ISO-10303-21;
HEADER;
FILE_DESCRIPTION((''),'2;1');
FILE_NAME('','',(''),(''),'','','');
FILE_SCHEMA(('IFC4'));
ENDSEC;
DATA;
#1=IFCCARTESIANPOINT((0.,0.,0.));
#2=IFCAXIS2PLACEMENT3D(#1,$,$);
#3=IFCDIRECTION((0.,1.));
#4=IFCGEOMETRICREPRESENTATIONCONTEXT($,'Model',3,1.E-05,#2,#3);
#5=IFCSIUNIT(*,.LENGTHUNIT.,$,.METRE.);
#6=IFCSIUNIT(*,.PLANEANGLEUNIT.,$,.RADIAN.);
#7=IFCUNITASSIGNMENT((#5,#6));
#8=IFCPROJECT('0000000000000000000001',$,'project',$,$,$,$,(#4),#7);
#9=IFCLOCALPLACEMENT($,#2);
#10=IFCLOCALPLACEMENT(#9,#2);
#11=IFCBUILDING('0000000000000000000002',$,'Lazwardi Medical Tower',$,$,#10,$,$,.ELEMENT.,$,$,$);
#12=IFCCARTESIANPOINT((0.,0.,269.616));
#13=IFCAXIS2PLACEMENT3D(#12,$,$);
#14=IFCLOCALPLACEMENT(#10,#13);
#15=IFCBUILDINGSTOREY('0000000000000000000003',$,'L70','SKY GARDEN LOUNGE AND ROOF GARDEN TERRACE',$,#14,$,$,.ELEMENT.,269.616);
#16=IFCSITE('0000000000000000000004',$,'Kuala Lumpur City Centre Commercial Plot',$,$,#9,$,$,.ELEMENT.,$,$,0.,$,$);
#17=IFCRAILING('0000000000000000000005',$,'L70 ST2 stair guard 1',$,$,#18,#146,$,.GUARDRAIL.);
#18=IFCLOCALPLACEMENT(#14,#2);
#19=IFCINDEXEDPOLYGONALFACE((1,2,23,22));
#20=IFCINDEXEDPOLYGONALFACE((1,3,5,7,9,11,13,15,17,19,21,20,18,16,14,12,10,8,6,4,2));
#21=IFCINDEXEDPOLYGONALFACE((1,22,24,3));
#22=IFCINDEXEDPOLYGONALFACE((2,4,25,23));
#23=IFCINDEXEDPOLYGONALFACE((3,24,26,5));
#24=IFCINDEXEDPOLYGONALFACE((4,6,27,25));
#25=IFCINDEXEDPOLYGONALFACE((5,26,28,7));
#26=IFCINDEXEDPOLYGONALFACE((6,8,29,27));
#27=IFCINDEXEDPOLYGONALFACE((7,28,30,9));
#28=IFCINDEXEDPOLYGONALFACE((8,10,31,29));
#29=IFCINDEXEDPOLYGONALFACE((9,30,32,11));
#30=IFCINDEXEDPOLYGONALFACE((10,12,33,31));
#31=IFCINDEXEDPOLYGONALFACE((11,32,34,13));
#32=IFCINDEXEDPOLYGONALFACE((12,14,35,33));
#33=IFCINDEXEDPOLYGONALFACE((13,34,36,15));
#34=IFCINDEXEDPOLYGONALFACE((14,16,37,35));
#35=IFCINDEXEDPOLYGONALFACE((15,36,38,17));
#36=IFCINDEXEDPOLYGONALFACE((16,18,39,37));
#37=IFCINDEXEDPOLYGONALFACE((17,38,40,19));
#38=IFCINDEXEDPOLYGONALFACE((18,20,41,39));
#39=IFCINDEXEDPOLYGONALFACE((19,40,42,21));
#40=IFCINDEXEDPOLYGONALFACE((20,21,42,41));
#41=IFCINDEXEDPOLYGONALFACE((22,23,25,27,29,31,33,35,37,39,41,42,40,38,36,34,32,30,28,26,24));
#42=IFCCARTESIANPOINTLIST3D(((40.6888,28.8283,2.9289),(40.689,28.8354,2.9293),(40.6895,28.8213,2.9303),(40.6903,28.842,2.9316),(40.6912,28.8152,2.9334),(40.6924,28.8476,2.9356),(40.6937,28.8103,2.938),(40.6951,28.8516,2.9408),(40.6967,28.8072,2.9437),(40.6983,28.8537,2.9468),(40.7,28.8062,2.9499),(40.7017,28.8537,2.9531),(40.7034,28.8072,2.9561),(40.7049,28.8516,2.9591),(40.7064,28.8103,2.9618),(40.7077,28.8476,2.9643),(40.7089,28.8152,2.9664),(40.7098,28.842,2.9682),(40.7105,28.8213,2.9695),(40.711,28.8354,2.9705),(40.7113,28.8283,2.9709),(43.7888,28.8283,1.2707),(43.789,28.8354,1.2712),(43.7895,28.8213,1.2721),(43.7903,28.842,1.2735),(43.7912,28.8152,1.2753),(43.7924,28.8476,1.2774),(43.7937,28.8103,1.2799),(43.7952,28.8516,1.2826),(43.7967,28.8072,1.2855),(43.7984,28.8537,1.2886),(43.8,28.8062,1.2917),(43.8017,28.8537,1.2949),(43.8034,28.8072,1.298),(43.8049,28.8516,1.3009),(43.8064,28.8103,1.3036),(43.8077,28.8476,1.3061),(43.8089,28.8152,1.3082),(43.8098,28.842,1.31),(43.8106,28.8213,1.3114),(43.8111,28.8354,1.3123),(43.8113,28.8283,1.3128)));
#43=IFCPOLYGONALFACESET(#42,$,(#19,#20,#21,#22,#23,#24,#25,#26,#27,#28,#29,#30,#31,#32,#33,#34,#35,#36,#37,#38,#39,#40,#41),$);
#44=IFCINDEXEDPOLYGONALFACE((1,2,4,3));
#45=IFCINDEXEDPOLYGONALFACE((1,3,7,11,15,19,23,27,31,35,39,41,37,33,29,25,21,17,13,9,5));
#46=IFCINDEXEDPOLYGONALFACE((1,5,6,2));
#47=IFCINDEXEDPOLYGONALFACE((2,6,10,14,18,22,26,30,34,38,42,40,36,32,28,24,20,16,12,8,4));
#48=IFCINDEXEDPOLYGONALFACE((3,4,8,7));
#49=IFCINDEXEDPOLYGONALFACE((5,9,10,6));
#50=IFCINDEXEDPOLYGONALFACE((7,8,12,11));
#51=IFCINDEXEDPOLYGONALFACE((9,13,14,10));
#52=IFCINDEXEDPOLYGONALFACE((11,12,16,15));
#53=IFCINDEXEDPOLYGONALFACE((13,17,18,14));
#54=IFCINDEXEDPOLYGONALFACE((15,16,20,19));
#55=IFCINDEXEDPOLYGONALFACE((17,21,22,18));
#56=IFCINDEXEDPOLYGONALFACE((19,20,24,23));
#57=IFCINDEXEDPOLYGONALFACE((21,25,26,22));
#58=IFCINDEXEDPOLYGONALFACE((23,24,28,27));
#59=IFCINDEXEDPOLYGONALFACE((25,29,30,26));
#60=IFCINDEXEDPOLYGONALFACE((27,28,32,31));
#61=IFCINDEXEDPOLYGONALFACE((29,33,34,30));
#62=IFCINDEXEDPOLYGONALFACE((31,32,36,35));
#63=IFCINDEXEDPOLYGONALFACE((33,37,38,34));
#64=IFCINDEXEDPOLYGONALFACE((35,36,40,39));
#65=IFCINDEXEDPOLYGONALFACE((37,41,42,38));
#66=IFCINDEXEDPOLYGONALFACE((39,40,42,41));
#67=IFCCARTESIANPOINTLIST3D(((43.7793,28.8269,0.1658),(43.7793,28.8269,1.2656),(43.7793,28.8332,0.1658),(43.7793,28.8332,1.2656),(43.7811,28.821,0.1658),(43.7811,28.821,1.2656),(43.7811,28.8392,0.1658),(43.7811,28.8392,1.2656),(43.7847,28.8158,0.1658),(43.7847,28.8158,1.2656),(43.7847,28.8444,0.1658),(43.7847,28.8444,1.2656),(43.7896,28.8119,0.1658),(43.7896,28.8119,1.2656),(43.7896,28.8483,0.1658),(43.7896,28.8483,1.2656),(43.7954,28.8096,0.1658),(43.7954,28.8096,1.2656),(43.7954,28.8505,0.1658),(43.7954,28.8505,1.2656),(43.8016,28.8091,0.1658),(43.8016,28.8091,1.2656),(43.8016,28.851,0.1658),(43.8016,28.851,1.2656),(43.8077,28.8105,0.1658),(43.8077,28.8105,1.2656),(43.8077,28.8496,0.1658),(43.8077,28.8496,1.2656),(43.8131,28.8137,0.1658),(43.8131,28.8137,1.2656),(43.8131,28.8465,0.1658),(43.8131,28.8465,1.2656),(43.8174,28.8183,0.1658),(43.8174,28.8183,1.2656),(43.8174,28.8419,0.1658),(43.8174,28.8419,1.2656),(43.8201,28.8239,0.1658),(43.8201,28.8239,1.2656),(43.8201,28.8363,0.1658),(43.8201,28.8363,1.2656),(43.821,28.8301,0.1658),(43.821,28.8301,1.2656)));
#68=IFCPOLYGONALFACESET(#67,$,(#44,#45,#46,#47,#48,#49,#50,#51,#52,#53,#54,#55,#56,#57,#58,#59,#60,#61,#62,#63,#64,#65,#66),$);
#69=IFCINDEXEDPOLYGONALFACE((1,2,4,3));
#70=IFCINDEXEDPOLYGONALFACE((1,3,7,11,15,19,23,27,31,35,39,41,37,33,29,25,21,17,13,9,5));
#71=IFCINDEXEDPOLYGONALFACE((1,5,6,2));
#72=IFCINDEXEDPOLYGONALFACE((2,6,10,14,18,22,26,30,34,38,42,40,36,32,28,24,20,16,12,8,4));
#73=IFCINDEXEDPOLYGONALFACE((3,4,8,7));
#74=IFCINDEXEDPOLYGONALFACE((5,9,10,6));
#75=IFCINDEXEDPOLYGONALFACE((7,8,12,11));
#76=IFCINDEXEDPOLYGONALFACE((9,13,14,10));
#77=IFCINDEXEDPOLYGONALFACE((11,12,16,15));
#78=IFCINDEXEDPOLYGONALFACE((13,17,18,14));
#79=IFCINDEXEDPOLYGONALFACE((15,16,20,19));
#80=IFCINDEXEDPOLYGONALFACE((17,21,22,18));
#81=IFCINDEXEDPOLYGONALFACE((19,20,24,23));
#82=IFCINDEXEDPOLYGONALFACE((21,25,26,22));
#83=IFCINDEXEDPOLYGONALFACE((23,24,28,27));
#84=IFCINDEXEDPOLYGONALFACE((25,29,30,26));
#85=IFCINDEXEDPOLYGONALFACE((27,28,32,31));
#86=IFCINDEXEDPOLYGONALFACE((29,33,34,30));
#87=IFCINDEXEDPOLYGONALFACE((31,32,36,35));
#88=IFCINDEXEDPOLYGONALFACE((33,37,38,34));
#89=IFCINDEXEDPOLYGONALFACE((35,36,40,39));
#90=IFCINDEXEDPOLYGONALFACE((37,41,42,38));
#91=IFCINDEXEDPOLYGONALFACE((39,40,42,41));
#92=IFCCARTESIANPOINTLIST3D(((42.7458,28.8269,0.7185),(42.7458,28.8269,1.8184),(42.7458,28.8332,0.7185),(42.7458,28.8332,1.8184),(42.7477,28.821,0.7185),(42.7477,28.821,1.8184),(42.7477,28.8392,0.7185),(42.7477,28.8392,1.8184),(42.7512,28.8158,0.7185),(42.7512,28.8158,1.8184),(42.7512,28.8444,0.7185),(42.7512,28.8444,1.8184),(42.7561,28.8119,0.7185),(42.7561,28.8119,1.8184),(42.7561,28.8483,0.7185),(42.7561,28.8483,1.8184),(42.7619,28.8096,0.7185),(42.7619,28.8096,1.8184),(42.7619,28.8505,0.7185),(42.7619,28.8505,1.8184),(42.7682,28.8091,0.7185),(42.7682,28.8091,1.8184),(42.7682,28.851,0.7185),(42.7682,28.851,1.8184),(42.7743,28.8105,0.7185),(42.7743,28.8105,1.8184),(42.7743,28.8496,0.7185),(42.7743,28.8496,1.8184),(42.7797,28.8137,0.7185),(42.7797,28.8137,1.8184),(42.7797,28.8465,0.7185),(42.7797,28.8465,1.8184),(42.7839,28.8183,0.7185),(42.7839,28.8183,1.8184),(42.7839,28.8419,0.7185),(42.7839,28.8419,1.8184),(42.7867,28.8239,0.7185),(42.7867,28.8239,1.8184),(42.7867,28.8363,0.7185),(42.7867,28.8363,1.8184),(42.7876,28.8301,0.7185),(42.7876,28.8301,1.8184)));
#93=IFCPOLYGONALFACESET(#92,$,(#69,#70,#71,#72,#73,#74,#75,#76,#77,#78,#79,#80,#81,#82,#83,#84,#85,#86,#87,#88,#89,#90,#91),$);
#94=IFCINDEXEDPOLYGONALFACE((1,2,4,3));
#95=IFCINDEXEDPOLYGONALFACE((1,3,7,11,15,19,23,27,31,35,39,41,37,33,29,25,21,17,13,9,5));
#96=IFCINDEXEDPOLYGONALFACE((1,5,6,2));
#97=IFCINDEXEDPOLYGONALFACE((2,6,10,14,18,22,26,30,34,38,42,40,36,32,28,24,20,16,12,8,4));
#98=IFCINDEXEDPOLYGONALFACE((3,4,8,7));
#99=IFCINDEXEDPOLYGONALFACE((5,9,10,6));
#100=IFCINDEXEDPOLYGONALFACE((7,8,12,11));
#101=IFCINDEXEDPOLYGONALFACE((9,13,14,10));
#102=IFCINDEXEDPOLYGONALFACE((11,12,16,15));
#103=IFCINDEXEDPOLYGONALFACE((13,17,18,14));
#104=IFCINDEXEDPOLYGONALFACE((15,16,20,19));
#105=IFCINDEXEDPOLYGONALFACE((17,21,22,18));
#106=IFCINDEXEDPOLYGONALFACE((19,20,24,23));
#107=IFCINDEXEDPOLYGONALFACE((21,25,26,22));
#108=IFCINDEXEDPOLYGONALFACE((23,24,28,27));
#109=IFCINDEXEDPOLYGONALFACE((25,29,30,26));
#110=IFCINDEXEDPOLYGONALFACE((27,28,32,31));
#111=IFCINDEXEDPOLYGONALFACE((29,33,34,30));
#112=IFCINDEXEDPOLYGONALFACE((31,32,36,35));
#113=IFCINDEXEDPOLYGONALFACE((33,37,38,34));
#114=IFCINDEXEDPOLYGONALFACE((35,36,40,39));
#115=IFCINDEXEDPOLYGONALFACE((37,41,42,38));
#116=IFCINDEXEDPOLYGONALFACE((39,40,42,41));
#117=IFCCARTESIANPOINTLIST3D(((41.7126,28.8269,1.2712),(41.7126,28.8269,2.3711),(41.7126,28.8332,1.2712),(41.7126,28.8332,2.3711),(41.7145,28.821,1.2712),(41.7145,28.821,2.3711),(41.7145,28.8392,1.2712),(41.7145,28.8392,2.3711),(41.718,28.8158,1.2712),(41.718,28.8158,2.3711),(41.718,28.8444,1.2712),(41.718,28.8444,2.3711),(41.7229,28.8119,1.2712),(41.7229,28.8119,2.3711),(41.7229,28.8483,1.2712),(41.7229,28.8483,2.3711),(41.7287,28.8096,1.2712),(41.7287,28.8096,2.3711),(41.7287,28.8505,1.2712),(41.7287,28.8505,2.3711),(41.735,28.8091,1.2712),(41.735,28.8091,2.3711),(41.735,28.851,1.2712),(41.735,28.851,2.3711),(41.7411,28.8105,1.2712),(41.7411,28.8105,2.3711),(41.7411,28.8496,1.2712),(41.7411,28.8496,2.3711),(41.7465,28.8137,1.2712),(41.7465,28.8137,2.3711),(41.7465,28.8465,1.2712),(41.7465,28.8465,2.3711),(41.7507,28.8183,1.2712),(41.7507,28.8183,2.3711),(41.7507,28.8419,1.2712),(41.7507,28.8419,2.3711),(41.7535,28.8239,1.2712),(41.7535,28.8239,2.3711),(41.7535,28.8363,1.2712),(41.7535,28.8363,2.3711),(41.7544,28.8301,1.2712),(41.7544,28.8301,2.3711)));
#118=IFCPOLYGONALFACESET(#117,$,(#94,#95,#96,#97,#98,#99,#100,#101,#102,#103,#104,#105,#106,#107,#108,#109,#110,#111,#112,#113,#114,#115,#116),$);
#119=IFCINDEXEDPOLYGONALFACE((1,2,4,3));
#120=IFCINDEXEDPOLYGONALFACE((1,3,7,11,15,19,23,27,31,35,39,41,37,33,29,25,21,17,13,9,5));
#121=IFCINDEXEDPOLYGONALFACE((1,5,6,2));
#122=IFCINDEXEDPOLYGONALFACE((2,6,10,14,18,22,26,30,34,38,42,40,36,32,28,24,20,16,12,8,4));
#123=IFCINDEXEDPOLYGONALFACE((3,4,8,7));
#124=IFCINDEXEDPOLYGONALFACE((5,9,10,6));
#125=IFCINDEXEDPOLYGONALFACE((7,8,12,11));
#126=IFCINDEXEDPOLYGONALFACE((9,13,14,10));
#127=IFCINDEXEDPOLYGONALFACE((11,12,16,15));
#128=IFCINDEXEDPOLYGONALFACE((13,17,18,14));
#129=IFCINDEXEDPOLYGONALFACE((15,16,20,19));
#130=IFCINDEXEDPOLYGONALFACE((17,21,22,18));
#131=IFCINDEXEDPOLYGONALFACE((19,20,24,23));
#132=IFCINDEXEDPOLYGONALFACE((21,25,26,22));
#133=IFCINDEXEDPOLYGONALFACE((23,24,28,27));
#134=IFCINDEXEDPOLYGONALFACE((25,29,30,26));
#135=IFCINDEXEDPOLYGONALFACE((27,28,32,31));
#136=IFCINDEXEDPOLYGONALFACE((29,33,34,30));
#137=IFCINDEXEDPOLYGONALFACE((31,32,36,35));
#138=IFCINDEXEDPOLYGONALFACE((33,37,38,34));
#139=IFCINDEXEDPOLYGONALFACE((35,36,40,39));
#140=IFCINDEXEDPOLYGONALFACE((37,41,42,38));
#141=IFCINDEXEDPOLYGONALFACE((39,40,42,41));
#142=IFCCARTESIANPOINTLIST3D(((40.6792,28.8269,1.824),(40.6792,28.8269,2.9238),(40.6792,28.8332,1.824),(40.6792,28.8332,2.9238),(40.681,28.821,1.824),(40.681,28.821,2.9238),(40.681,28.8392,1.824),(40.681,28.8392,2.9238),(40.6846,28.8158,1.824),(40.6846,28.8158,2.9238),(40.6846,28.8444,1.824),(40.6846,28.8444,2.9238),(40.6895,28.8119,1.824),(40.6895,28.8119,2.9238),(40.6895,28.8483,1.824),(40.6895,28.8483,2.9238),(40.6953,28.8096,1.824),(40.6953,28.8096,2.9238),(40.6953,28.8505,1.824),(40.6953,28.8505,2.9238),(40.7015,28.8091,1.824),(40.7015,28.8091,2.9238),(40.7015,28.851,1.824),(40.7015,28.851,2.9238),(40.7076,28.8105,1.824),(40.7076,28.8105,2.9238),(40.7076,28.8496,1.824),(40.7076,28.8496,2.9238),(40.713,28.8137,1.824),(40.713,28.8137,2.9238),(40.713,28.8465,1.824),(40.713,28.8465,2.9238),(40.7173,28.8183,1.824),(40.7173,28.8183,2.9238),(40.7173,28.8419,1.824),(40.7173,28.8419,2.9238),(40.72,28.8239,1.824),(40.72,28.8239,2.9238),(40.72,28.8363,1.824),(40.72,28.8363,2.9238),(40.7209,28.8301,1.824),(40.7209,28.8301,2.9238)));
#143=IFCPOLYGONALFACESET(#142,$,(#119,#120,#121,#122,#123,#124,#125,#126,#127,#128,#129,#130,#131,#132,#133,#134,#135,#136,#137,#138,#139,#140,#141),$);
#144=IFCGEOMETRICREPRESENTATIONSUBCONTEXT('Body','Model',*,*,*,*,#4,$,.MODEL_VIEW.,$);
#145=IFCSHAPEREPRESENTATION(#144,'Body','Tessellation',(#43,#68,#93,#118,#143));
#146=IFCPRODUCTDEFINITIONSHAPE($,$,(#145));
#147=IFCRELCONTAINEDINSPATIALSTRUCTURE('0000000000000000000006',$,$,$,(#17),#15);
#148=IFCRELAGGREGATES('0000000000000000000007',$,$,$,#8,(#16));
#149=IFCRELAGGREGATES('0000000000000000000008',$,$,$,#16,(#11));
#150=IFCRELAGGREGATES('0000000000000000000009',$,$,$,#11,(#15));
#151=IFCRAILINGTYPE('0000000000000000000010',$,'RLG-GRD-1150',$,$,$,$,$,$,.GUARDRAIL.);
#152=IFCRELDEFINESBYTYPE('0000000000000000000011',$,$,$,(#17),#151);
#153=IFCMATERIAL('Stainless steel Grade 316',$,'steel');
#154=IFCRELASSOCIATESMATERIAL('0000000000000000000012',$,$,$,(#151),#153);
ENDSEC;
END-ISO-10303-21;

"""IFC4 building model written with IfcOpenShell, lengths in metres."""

from ifc_helpers import new_model, si_unit, direction, frame, origin, origin_2d, place, context, subcontext, project, spatial, circle, extrude, material, type_object, element, save


model = new_model("IFC4")

# Units and contexts
model_context = context("Model", 3, precision=1e-05, world=origin(), true_north=direction((0.0, 1.0)))
body_context = subcontext(model_context, "Body", "Model", "MODEL_VIEW")
ifc_project = project(units=[si_unit("LENGTHUNIT", "METRE"), si_unit("PLANEANGLEUNIT", "RADIAN")], contexts=[model_context])

# Site, building, storey
site_placement = place(None, origin())
site = spatial("IfcSite", under=ifc_project, at=site_placement, Name="Kuala Lumpur City Centre Commercial Plot", CompositionType="ELEMENT", RefElevation=0.0)
building_placement = place(site_placement, origin())
building = spatial("IfcBuilding", under=site, at=building_placement, Name="Lazwardi Medical Tower", CompositionType="ELEMENT")
storey_placement = place(building_placement, frame((0.0, 0.0, 269.616)))
storey = spatial("IfcBuildingStorey", under=building, at=storey_placement, Name="L70", Description="SKY GARDEN LOUNGE AND ROOF GARDEN TERRACE", CompositionType="ELEMENT", Elevation=269.616)

# Railing
ifc_material_1 = material(Name="Stainless steel Grade 316", Category="steel")
railing_type_1 = type_object("IfcRailingType", Name="RLG-GRD-1150", PredefinedType="GUARDRAIL", material=ifc_material_1)
railing_1_placement = place(storey_placement, frame((43.8, 28.8301, 0.1658)))
element("IfcRailing", 1, at=railing_1_placement, inside=storey, type_object=railing_type_1, Name="L70 ST2 stair guard 1", PredefinedType="GUARDRAIL", context=body_context, shape_type="SweptSolid", body=[
    extrude(circle(Radius=0.0239, at=origin_2d()), frame((0.0, 0.0, 1.126), z_axis=(-0.881783, 0.0, 0.471655), x_axis=(0.0, -1.0, 0.0)), (0.0, 0.0, 1.0), 3.5156),
    extrude(circle(Radius=0.021, at=origin_2d()), origin(), (0.0, 0.0, 1.0), 1.0999),
    extrude(circle(Radius=0.021, at=origin_2d()), frame((-1.0334, 0.0, 0.5527)), (0.0, 0.0, 1.0), 1.0999),
    extrude(circle(Radius=0.021, at=origin_2d()), frame((-2.0667, 0.0, 1.1055)), (0.0, 0.0, 1.0), 1.0999),
    extrude(circle(Radius=0.021, at=origin_2d()), frame((-3.1001, 0.0, 1.6582)), (0.0, 0.0, 1.0), 1.0999),
])

save(model, "model.ifc")
